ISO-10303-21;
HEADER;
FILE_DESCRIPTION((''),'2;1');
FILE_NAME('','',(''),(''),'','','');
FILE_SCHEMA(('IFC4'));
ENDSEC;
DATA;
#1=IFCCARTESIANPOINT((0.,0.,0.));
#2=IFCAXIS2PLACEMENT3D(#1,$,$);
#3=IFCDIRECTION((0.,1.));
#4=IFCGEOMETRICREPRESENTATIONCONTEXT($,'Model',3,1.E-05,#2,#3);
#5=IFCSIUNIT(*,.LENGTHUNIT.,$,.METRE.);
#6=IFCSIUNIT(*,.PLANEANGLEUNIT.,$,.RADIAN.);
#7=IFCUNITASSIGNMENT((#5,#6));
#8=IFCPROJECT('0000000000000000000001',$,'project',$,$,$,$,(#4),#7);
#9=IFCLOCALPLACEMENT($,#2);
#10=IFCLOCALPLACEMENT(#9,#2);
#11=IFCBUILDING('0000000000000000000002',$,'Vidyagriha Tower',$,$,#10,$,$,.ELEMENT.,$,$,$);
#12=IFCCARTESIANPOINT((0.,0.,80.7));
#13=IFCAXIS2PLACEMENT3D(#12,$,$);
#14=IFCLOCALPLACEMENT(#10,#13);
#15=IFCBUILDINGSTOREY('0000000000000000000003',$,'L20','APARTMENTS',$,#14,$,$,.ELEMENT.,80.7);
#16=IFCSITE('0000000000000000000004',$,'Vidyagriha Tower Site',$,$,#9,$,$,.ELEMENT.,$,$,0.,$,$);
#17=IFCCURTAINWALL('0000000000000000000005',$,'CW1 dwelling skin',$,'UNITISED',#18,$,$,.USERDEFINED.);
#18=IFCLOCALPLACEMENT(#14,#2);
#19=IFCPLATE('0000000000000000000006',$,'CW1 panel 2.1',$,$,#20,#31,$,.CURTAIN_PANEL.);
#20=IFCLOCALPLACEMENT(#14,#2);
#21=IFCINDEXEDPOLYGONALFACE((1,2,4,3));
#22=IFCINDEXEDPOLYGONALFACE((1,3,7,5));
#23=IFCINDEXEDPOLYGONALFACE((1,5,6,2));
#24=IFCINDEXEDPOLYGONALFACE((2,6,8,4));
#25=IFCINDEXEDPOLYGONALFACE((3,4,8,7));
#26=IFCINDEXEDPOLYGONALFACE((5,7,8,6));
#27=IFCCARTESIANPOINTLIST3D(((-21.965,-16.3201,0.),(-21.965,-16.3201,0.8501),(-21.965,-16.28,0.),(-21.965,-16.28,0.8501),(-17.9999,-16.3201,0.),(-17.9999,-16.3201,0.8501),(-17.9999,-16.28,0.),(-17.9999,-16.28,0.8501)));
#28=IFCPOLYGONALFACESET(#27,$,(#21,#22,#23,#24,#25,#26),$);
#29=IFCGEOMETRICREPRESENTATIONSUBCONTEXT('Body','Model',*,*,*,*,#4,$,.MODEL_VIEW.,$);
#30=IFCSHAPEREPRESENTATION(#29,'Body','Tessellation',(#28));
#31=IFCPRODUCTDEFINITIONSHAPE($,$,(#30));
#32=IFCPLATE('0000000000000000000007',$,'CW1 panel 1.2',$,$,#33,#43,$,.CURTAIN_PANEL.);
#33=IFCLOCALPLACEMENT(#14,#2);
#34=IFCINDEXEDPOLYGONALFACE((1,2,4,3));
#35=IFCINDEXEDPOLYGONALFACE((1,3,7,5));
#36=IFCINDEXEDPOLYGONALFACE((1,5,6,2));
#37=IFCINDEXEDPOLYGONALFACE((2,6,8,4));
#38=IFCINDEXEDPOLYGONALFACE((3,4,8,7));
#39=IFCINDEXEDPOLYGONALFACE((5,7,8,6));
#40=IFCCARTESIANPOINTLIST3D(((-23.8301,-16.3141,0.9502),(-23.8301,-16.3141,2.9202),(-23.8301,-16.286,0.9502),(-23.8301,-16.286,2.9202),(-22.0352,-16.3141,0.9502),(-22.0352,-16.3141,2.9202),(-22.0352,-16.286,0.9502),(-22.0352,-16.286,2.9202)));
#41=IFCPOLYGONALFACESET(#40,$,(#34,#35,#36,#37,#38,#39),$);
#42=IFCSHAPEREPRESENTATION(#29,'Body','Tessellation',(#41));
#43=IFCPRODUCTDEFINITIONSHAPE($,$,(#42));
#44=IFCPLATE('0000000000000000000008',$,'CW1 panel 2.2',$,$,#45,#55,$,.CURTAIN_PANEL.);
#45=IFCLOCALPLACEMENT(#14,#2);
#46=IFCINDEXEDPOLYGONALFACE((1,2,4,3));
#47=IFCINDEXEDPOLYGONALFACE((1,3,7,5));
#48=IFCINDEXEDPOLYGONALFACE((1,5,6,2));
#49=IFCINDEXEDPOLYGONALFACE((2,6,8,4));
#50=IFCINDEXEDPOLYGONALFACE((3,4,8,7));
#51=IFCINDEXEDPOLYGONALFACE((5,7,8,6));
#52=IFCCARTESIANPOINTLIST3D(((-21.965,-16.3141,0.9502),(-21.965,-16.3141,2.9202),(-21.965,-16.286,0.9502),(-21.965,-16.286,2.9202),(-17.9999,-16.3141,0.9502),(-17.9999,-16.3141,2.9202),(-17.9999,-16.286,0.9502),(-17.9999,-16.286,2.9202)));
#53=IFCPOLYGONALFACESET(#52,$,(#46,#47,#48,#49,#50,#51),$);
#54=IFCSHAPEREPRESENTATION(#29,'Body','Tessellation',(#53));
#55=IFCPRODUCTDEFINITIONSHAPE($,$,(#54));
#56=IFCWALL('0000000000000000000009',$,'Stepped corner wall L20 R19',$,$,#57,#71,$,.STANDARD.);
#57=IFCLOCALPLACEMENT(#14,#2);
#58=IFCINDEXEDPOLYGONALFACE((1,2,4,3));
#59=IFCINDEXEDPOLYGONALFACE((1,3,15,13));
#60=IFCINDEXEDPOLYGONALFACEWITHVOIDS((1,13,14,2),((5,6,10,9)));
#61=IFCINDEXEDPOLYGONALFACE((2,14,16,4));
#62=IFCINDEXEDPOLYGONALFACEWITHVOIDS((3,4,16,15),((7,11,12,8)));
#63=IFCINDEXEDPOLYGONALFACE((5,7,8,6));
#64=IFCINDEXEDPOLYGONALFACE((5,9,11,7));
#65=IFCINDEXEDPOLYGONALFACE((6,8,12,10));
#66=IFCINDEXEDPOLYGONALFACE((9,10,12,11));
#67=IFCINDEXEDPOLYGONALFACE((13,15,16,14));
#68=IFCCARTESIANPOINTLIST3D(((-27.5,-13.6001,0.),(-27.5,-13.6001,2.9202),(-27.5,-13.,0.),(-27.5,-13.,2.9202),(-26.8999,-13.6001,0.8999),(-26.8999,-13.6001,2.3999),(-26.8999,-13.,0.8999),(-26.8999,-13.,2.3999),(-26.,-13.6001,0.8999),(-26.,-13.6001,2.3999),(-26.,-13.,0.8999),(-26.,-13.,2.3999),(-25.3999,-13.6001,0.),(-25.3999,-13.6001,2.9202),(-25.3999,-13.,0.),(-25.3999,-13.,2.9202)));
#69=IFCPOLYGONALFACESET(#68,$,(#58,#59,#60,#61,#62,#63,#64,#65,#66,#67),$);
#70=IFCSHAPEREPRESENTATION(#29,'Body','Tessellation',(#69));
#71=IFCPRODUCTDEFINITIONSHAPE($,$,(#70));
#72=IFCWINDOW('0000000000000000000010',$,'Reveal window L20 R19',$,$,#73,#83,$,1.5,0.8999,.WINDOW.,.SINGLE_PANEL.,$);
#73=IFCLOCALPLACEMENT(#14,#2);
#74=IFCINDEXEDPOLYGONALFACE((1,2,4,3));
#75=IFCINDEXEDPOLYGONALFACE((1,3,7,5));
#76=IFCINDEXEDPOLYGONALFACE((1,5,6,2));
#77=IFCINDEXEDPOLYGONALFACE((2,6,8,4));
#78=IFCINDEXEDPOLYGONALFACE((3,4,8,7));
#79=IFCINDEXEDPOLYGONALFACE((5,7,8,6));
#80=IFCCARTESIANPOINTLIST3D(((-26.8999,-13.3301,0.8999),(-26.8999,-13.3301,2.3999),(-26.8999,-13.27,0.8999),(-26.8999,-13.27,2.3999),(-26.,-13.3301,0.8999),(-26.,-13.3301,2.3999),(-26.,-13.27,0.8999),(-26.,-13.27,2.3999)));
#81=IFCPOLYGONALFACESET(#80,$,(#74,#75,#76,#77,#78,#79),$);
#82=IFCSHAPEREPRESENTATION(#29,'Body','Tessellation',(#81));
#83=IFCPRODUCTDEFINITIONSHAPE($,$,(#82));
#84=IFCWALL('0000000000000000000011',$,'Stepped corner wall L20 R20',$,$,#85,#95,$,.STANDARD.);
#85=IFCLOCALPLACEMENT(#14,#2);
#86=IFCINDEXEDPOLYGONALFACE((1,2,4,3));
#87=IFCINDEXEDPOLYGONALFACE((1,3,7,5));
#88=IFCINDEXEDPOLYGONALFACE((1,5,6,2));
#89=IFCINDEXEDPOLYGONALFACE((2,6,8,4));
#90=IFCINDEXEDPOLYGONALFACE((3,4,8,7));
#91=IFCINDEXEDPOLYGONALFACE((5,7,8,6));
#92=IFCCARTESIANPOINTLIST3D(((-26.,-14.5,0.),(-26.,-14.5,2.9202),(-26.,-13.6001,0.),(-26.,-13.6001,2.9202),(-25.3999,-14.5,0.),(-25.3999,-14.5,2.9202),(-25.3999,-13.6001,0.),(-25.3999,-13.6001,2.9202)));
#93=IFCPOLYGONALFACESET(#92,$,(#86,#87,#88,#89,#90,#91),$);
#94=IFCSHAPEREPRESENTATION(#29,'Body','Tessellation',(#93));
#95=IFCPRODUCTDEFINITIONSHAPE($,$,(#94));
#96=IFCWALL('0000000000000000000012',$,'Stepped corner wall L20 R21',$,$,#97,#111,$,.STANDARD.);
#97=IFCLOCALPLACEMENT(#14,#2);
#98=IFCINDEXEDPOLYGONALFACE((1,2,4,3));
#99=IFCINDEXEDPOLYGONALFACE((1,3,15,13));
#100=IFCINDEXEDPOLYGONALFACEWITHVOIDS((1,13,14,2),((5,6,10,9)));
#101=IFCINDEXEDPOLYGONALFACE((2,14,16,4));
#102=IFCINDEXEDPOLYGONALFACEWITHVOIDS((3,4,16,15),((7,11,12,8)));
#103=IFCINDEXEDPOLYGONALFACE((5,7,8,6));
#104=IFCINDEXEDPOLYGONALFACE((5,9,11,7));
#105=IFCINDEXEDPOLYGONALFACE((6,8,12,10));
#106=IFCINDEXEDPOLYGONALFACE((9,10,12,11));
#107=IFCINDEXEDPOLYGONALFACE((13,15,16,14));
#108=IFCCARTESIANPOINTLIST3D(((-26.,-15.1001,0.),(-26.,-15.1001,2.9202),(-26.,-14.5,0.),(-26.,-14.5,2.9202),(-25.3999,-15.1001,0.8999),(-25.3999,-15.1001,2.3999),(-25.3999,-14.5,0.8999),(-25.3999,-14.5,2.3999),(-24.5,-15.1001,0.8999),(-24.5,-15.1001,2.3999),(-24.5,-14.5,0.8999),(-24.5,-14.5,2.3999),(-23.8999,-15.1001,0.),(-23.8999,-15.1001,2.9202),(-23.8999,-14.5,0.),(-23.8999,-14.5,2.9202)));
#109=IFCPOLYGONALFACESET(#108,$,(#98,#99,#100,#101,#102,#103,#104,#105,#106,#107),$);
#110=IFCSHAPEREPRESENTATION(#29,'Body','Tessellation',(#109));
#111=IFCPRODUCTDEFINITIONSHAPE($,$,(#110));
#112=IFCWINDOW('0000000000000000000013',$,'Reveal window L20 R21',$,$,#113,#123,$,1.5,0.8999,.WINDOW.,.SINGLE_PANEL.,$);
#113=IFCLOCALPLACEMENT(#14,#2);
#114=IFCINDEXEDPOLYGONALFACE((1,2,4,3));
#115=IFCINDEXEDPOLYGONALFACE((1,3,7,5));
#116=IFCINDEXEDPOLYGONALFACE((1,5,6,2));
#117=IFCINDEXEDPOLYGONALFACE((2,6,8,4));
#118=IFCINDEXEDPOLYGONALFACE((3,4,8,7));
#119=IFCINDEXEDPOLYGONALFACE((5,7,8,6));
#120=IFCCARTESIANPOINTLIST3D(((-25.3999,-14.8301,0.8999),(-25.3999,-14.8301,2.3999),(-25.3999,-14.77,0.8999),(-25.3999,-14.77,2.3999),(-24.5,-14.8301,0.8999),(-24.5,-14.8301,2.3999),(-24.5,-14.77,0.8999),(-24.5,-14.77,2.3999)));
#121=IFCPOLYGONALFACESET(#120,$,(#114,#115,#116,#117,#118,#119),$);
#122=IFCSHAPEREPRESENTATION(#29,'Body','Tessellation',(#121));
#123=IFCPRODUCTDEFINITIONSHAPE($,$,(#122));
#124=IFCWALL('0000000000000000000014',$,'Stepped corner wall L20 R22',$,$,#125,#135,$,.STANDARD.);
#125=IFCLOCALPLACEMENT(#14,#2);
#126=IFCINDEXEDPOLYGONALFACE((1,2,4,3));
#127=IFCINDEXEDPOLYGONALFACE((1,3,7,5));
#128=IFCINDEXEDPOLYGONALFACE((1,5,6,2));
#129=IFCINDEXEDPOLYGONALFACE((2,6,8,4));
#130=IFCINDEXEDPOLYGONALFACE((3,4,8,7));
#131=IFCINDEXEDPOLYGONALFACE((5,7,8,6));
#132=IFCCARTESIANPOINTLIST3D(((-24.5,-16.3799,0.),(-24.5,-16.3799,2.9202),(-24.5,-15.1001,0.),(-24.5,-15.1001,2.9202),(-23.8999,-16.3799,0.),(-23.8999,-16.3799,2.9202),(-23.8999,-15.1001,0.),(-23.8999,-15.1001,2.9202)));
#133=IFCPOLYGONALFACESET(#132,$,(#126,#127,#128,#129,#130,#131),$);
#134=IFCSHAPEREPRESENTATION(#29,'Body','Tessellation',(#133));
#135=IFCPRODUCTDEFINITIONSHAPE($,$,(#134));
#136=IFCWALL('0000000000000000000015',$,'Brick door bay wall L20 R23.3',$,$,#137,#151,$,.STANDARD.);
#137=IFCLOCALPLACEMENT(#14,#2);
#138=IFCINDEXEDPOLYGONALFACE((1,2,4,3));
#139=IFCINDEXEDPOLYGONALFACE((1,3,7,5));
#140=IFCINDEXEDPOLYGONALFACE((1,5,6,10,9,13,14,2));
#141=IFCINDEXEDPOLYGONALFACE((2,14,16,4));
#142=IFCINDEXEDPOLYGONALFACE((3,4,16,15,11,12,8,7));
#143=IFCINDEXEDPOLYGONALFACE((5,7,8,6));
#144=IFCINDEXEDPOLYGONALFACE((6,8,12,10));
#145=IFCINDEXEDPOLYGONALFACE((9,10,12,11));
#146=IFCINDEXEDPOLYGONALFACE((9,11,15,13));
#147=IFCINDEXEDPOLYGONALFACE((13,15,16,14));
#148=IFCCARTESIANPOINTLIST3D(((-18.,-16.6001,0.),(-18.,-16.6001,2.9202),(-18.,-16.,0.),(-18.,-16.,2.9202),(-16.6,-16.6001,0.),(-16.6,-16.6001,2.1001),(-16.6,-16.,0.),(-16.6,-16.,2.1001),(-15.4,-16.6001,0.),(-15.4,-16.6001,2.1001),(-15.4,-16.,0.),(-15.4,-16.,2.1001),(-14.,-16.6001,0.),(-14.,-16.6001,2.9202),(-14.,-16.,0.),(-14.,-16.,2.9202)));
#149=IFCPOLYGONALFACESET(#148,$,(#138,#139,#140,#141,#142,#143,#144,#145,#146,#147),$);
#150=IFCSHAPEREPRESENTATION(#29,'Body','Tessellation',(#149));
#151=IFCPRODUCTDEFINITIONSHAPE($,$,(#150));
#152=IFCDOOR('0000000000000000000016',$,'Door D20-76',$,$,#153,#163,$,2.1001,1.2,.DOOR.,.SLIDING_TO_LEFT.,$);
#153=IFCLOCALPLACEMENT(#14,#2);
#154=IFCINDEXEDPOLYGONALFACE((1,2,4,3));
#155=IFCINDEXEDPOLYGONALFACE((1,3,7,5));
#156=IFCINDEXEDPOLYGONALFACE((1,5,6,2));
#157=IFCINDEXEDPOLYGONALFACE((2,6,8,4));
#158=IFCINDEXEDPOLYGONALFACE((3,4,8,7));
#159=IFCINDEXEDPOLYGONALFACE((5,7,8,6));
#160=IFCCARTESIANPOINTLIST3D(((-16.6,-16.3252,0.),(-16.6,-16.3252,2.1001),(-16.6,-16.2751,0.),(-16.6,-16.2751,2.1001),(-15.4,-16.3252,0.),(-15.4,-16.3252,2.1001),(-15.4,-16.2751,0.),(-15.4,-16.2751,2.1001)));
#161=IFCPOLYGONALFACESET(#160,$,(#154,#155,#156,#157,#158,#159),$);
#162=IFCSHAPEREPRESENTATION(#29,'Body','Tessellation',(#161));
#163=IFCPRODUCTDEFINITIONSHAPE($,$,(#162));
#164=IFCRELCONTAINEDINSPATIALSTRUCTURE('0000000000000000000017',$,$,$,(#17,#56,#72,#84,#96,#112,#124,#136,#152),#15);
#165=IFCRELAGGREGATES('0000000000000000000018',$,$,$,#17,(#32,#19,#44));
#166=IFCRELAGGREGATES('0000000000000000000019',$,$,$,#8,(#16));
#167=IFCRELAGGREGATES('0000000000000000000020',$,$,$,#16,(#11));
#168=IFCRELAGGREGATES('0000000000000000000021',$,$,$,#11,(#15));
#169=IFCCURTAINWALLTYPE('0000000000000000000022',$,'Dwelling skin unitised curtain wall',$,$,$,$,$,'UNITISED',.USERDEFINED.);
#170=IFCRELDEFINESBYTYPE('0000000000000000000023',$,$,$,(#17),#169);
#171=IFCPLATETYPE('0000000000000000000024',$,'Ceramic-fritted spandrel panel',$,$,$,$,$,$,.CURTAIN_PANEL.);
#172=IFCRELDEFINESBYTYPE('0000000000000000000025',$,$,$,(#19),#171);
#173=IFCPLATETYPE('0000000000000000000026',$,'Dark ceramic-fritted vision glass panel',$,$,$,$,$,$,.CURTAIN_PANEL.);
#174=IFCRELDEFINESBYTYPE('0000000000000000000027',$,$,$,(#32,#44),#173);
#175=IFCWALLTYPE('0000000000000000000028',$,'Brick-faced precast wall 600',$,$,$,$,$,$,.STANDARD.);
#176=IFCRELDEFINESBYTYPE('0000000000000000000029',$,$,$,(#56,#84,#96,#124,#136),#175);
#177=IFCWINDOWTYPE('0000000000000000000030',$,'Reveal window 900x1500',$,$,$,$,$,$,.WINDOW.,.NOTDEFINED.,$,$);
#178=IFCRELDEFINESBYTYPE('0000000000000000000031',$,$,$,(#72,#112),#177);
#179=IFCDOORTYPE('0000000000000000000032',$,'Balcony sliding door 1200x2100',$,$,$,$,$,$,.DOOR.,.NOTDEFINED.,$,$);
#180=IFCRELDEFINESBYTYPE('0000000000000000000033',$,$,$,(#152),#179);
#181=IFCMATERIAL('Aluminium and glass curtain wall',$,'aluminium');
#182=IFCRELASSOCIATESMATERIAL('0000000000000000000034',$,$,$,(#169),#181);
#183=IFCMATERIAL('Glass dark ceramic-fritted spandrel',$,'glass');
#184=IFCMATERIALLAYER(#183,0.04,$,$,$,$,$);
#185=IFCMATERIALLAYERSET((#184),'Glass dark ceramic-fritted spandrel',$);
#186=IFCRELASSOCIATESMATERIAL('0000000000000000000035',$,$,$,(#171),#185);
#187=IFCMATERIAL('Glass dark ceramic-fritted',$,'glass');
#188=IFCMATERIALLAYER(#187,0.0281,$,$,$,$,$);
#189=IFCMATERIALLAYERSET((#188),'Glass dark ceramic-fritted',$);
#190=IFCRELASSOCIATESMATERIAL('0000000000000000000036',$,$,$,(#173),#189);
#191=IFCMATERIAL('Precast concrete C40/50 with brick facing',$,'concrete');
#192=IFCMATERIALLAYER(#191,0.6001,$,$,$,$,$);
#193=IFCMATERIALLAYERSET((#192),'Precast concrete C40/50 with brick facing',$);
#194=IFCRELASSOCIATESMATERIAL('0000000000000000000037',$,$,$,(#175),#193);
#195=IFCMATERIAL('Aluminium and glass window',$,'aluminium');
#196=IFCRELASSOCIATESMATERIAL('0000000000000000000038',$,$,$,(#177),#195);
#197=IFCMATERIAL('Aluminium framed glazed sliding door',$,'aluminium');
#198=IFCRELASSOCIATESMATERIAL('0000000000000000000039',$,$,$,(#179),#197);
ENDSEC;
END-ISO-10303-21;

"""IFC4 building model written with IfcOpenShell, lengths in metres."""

from ifc_helpers import new_model, si_unit, direction, frame, frame_2d, origin, origin_2d, place, context, subcontext, project, spatial, rectangle, extrude, material, layer, layer_set, type_object, element, fill, aggregate, save


model = new_model("IFC4")

# Units and contexts
model_context = context("Model", 3, precision=1e-05, world=origin(), true_north=direction((0.0, 1.0)))
body_context = subcontext(model_context, "Body", "Model", "MODEL_VIEW")
ifc_project = project(units=[si_unit("LENGTHUNIT", "METRE"), si_unit("PLANEANGLEUNIT", "RADIAN")], contexts=[model_context])

# Site, building, storey
site_placement = place(None, origin())
site = spatial("IfcSite", under=ifc_project, at=site_placement, Name="Vidyagriha Tower Site", CompositionType="ELEMENT", RefElevation=0.0)
building_placement = place(site_placement, origin())
building = spatial("IfcBuilding", under=site, at=building_placement, Name="Vidyagriha Tower", CompositionType="ELEMENT")
storey_placement = place(building_placement, frame((0.0, 0.0, 80.7)))
storey = spatial("IfcBuildingStorey", under=building, at=storey_placement, Name="L20", Description="APARTMENTS", CompositionType="ELEMENT", Elevation=80.7)

# Curtain wall, plates
ifc_material_1 = material(Name="Aluminium and glass curtain wall", Category="aluminium")
curtain_wall_type = type_object("IfcCurtainWallType", Name="Dwelling skin unitised curtain wall", ElementType="UNITISED", PredefinedType="USERDEFINED", material=ifc_material_1)
curtain_wall_placement = place(storey_placement, origin())
curtain_wall = element("IfcCurtainWall", 1, at=curtain_wall_placement, inside=storey, type_object=curtain_wall_type, Name="CW1 dwelling skin", ObjectType="UNITISED", PredefinedType="USERDEFINED")
ifc_material_2 = material(Name="Glass dark ceramic-fritted spandrel", Category="glass")
ifc_layer_1 = layer(ifc_material_2, 0.04)
ifc_layer_set_1 = layer_set([ifc_layer_1], Name="Glass dark ceramic-fritted spandrel")
plate_type_1 = type_object("IfcPlateType", Name="Ceramic-fritted spandrel panel", PredefinedType="CURTAIN_PANEL", material=ifc_layer_set_1)
plate_1_placement = place(storey_placement, frame((-19.9824, -16.3, 0.0)))
plate_1 = element("IfcPlate", 2, at=plate_1_placement, type_object=plate_type_1, Name="CW1 panel 2.1", PredefinedType="CURTAIN_PANEL", context=body_context, shape_type="SweptSolid", body=[
    extrude(rectangle(XDim=3.9651, YDim=0.04, at=origin_2d()), origin(), (0.0, 0.0, 1.0), 0.8501),
])
ifc_material_3 = material(Name="Glass dark ceramic-fritted", Category="glass")
ifc_layer_2 = layer(ifc_material_3, 0.0281)
ifc_layer_set_2 = layer_set([ifc_layer_2], Name="Glass dark ceramic-fritted")
plate_type_2 = type_object("IfcPlateType", Name="Dark ceramic-fritted vision glass panel", PredefinedType="CURTAIN_PANEL", material=ifc_layer_set_2)
plate_2_placement = place(storey_placement, frame((-22.9326, -16.3, 0.9502)))
plate_2 = element("IfcPlate", 3, at=plate_2_placement, type_object=plate_type_2, Name="CW1 panel 1.2", PredefinedType="CURTAIN_PANEL", context=body_context, shape_type="SweptSolid", body=[
    extrude(rectangle(XDim=1.7949, YDim=0.0281, at=origin_2d()), origin(), (0.0, 0.0, 1.0), 1.97),
])
plate_3_placement = place(storey_placement, frame((-19.9824, -16.3, 0.9502)))
plate_3 = element("IfcPlate", 4, at=plate_3_placement, type_object=plate_type_2, Name="CW1 panel 2.2", PredefinedType="CURTAIN_PANEL", context=body_context, shape_type="SweptSolid", body=[
    extrude(rectangle(XDim=3.9651, YDim=0.0281, at=origin_2d()), origin(), (0.0, 0.0, 1.0), 1.97),
])
aggregate(curtain_wall, [plate_2, plate_1, plate_3])

# Wall, opening, window
ifc_material_4 = material(Name="Precast concrete C40/50 with brick facing", Category="concrete")
ifc_layer_3 = layer(ifc_material_4, 0.6001)
ifc_layer_set_3 = layer_set([ifc_layer_3], Name="Precast concrete C40/50 with brick facing")
wall_type = type_object("IfcWallType", Name="Brick-faced precast wall 600", PredefinedType="STANDARD", material=ifc_layer_set_3)
wall_1_placement = place(storey_placement, frame((-27.5, -13.3, 0.0)))
wall_1 = element("IfcWall", 5, at=wall_1_placement, inside=storey, type_object=wall_type, Name="Stepped corner wall L20 R19", PredefinedType="STANDARD", context=body_context, shape_type="SweptSolid", body=[
    extrude(rectangle(XDim=2.1001, YDim=0.6001, at=frame_2d((1.05, 0.0))), origin(), (0.0, 0.0, 1.0), 2.9202),
])
opening_1_placement = place(wall_1_placement, frame((0.6001, 0.0, 0.8999)))
opening_1 = element("IfcOpeningElement", 6, at=opening_1_placement, cuts=wall_1, PredefinedType="OPENING", context=body_context, shape_type="SweptSolid", body=[
    extrude(rectangle(XDim=0.8999, YDim=1.5, at=frame_2d((0.45, 0.75))), frame((0.0, 0.3101, 0.0), z_axis=(0.0, -1.0, 0.0), x_axis=(1.0, 0.0, 0.0)), (0.0, 0.0, 1.0), 0.6201),
])
ifc_material_5 = material(Name="Aluminium and glass window", Category="aluminium")
window_type = type_object("IfcWindowType", Name="Reveal window 900x1500", PartitioningType="NOTDEFINED", PredefinedType="WINDOW", material=ifc_material_5)
window_1_placement = place(opening_1_placement, origin())
window_1 = element("IfcWindow", 7, at=window_1_placement, inside=storey, type_object=window_type, Name="Reveal window L20 R19", OverallHeight=1.5, OverallWidth=0.8999, PartitioningType="SINGLE_PANEL", PredefinedType="WINDOW", context=body_context, shape_type="SweptSolid", body=[
    extrude(rectangle(XDim=0.8999, YDim=1.5, at=frame_2d((0.45, 0.75))), frame((0.0, 0.03, 0.0), z_axis=(0.0, -1.0, 0.0), x_axis=(1.0, 0.0, 0.0)), (0.0, 0.0, 1.0), 0.0601),
])
fill(opening_1, window_1)

# Wall
wall_2_placement = place(storey_placement, frame((-25.7, -13.6001, 0.0), z_axis=(0.0, 0.0, 1.0), x_axis=(0.0, -1.0, 0.0)))
element("IfcWall", 8, at=wall_2_placement, inside=storey, type_object=wall_type, Name="Stepped corner wall L20 R20", PredefinedType="STANDARD", context=body_context, shape_type="SweptSolid", body=[
    extrude(rectangle(XDim=0.8999, YDim=0.6001, at=frame_2d((0.45, 0.0))), origin(), (0.0, 0.0, 1.0), 2.9202),
])

# Wall, opening, window
wall_3_placement = place(storey_placement, frame((-26.0, -14.8, 0.0)))
wall_3 = element("IfcWall", 9, at=wall_3_placement, inside=storey, type_object=wall_type, Name="Stepped corner wall L20 R21", PredefinedType="STANDARD", context=body_context, shape_type="SweptSolid", body=[
    extrude(rectangle(XDim=2.1001, YDim=0.6001, at=frame_2d((1.05, 0.0))), origin(), (0.0, 0.0, 1.0), 2.9202),
])
opening_2_placement = place(wall_3_placement, frame((0.6001, 0.0, 0.8999)))
opening_2 = element("IfcOpeningElement", 10, at=opening_2_placement, cuts=wall_3, PredefinedType="OPENING", context=body_context, shape_type="SweptSolid", body=[
    extrude(rectangle(XDim=0.8999, YDim=1.5, at=frame_2d((0.45, 0.75))), frame((0.0, 0.3101, 0.0), z_axis=(0.0, -1.0, 0.0), x_axis=(1.0, 0.0, 0.0)), (0.0, 0.0, 1.0), 0.6201),
])
window_2_placement = place(opening_2_placement, origin())
window_2 = element("IfcWindow", 11, at=window_2_placement, inside=storey, type_object=window_type, Name="Reveal window L20 R21", OverallHeight=1.5, OverallWidth=0.8999, PartitioningType="SINGLE_PANEL", PredefinedType="WINDOW", context=body_context, shape_type="SweptSolid", body=[
    extrude(rectangle(XDim=0.8999, YDim=1.5, at=frame_2d((0.45, 0.75))), frame((0.0, 0.03, 0.0), z_axis=(0.0, -1.0, 0.0), x_axis=(1.0, 0.0, 0.0)), (0.0, 0.0, 1.0), 0.0601),
])
fill(opening_2, window_2)

# Wall
wall_4_placement = place(storey_placement, frame((-24.2, -15.1001, 0.0), z_axis=(0.0, 0.0, 1.0), x_axis=(0.0, -1.0, 0.0)))
element("IfcWall", 12, at=wall_4_placement, inside=storey, type_object=wall_type, Name="Stepped corner wall L20 R22", PredefinedType="STANDARD", context=body_context, shape_type="SweptSolid", body=[
    extrude(rectangle(XDim=1.2798, YDim=0.6001, at=frame_2d((0.6399, 0.0))), origin(), (0.0, 0.0, 1.0), 2.9202),
])

# Wall, opening, door
wall_5_placement = place(storey_placement, frame((-18.0, -16.3, 0.0)))
wall_5 = element("IfcWall", 13, at=wall_5_placement, inside=storey, type_object=wall_type, Name="Brick door bay wall L20 R23.3", PredefinedType="STANDARD", context=body_context, shape_type="SweptSolid", body=[
    extrude(rectangle(XDim=4.0, YDim=0.6001, at=frame_2d((2.0, 0.0))), origin(), (0.0, 0.0, 1.0), 2.9202),
])
opening_3_placement = place(wall_5_placement, frame((1.3999, 0.0, 0.0)))
opening_3 = element("IfcOpeningElement", 14, at=opening_3_placement, cuts=wall_5, PredefinedType="OPENING", context=body_context, shape_type="SweptSolid", body=[
    extrude(rectangle(XDim=1.2, YDim=2.1001, at=frame_2d((0.6001, 1.05))), frame((0.0, 0.3101, 0.0), z_axis=(0.0, -1.0, 0.0), x_axis=(1.0, 0.0, 0.0)), (0.0, 0.0, 1.0), 0.6201),
])
ifc_material_6 = material(Name="Aluminium framed glazed sliding door", Category="aluminium")
door_type = type_object("IfcDoorType", Name="Balcony sliding door 1200x2100", OperationType="NOTDEFINED", PredefinedType="DOOR", material=ifc_material_6)
door_placement = place(opening_3_placement, origin())
door = element("IfcDoor", 15, at=door_placement, inside=storey, type_object=door_type, Name="Door D20-76", OperationType="SLIDING_TO_LEFT", OverallHeight=2.1001, OverallWidth=1.2, PredefinedType="DOOR", context=body_context, shape_type="SweptSolid", body=[
    extrude(rectangle(XDim=1.2, YDim=2.1001, at=frame_2d((0.6001, 1.05))), frame((0.0, 0.0249, 0.0), z_axis=(0.0, -1.0, 0.0), x_axis=(1.0, 0.0, 0.0)), (0.0, 0.0, 1.0), 0.05),
])
fill(opening_3, door)

save(model, "model.ifc")
